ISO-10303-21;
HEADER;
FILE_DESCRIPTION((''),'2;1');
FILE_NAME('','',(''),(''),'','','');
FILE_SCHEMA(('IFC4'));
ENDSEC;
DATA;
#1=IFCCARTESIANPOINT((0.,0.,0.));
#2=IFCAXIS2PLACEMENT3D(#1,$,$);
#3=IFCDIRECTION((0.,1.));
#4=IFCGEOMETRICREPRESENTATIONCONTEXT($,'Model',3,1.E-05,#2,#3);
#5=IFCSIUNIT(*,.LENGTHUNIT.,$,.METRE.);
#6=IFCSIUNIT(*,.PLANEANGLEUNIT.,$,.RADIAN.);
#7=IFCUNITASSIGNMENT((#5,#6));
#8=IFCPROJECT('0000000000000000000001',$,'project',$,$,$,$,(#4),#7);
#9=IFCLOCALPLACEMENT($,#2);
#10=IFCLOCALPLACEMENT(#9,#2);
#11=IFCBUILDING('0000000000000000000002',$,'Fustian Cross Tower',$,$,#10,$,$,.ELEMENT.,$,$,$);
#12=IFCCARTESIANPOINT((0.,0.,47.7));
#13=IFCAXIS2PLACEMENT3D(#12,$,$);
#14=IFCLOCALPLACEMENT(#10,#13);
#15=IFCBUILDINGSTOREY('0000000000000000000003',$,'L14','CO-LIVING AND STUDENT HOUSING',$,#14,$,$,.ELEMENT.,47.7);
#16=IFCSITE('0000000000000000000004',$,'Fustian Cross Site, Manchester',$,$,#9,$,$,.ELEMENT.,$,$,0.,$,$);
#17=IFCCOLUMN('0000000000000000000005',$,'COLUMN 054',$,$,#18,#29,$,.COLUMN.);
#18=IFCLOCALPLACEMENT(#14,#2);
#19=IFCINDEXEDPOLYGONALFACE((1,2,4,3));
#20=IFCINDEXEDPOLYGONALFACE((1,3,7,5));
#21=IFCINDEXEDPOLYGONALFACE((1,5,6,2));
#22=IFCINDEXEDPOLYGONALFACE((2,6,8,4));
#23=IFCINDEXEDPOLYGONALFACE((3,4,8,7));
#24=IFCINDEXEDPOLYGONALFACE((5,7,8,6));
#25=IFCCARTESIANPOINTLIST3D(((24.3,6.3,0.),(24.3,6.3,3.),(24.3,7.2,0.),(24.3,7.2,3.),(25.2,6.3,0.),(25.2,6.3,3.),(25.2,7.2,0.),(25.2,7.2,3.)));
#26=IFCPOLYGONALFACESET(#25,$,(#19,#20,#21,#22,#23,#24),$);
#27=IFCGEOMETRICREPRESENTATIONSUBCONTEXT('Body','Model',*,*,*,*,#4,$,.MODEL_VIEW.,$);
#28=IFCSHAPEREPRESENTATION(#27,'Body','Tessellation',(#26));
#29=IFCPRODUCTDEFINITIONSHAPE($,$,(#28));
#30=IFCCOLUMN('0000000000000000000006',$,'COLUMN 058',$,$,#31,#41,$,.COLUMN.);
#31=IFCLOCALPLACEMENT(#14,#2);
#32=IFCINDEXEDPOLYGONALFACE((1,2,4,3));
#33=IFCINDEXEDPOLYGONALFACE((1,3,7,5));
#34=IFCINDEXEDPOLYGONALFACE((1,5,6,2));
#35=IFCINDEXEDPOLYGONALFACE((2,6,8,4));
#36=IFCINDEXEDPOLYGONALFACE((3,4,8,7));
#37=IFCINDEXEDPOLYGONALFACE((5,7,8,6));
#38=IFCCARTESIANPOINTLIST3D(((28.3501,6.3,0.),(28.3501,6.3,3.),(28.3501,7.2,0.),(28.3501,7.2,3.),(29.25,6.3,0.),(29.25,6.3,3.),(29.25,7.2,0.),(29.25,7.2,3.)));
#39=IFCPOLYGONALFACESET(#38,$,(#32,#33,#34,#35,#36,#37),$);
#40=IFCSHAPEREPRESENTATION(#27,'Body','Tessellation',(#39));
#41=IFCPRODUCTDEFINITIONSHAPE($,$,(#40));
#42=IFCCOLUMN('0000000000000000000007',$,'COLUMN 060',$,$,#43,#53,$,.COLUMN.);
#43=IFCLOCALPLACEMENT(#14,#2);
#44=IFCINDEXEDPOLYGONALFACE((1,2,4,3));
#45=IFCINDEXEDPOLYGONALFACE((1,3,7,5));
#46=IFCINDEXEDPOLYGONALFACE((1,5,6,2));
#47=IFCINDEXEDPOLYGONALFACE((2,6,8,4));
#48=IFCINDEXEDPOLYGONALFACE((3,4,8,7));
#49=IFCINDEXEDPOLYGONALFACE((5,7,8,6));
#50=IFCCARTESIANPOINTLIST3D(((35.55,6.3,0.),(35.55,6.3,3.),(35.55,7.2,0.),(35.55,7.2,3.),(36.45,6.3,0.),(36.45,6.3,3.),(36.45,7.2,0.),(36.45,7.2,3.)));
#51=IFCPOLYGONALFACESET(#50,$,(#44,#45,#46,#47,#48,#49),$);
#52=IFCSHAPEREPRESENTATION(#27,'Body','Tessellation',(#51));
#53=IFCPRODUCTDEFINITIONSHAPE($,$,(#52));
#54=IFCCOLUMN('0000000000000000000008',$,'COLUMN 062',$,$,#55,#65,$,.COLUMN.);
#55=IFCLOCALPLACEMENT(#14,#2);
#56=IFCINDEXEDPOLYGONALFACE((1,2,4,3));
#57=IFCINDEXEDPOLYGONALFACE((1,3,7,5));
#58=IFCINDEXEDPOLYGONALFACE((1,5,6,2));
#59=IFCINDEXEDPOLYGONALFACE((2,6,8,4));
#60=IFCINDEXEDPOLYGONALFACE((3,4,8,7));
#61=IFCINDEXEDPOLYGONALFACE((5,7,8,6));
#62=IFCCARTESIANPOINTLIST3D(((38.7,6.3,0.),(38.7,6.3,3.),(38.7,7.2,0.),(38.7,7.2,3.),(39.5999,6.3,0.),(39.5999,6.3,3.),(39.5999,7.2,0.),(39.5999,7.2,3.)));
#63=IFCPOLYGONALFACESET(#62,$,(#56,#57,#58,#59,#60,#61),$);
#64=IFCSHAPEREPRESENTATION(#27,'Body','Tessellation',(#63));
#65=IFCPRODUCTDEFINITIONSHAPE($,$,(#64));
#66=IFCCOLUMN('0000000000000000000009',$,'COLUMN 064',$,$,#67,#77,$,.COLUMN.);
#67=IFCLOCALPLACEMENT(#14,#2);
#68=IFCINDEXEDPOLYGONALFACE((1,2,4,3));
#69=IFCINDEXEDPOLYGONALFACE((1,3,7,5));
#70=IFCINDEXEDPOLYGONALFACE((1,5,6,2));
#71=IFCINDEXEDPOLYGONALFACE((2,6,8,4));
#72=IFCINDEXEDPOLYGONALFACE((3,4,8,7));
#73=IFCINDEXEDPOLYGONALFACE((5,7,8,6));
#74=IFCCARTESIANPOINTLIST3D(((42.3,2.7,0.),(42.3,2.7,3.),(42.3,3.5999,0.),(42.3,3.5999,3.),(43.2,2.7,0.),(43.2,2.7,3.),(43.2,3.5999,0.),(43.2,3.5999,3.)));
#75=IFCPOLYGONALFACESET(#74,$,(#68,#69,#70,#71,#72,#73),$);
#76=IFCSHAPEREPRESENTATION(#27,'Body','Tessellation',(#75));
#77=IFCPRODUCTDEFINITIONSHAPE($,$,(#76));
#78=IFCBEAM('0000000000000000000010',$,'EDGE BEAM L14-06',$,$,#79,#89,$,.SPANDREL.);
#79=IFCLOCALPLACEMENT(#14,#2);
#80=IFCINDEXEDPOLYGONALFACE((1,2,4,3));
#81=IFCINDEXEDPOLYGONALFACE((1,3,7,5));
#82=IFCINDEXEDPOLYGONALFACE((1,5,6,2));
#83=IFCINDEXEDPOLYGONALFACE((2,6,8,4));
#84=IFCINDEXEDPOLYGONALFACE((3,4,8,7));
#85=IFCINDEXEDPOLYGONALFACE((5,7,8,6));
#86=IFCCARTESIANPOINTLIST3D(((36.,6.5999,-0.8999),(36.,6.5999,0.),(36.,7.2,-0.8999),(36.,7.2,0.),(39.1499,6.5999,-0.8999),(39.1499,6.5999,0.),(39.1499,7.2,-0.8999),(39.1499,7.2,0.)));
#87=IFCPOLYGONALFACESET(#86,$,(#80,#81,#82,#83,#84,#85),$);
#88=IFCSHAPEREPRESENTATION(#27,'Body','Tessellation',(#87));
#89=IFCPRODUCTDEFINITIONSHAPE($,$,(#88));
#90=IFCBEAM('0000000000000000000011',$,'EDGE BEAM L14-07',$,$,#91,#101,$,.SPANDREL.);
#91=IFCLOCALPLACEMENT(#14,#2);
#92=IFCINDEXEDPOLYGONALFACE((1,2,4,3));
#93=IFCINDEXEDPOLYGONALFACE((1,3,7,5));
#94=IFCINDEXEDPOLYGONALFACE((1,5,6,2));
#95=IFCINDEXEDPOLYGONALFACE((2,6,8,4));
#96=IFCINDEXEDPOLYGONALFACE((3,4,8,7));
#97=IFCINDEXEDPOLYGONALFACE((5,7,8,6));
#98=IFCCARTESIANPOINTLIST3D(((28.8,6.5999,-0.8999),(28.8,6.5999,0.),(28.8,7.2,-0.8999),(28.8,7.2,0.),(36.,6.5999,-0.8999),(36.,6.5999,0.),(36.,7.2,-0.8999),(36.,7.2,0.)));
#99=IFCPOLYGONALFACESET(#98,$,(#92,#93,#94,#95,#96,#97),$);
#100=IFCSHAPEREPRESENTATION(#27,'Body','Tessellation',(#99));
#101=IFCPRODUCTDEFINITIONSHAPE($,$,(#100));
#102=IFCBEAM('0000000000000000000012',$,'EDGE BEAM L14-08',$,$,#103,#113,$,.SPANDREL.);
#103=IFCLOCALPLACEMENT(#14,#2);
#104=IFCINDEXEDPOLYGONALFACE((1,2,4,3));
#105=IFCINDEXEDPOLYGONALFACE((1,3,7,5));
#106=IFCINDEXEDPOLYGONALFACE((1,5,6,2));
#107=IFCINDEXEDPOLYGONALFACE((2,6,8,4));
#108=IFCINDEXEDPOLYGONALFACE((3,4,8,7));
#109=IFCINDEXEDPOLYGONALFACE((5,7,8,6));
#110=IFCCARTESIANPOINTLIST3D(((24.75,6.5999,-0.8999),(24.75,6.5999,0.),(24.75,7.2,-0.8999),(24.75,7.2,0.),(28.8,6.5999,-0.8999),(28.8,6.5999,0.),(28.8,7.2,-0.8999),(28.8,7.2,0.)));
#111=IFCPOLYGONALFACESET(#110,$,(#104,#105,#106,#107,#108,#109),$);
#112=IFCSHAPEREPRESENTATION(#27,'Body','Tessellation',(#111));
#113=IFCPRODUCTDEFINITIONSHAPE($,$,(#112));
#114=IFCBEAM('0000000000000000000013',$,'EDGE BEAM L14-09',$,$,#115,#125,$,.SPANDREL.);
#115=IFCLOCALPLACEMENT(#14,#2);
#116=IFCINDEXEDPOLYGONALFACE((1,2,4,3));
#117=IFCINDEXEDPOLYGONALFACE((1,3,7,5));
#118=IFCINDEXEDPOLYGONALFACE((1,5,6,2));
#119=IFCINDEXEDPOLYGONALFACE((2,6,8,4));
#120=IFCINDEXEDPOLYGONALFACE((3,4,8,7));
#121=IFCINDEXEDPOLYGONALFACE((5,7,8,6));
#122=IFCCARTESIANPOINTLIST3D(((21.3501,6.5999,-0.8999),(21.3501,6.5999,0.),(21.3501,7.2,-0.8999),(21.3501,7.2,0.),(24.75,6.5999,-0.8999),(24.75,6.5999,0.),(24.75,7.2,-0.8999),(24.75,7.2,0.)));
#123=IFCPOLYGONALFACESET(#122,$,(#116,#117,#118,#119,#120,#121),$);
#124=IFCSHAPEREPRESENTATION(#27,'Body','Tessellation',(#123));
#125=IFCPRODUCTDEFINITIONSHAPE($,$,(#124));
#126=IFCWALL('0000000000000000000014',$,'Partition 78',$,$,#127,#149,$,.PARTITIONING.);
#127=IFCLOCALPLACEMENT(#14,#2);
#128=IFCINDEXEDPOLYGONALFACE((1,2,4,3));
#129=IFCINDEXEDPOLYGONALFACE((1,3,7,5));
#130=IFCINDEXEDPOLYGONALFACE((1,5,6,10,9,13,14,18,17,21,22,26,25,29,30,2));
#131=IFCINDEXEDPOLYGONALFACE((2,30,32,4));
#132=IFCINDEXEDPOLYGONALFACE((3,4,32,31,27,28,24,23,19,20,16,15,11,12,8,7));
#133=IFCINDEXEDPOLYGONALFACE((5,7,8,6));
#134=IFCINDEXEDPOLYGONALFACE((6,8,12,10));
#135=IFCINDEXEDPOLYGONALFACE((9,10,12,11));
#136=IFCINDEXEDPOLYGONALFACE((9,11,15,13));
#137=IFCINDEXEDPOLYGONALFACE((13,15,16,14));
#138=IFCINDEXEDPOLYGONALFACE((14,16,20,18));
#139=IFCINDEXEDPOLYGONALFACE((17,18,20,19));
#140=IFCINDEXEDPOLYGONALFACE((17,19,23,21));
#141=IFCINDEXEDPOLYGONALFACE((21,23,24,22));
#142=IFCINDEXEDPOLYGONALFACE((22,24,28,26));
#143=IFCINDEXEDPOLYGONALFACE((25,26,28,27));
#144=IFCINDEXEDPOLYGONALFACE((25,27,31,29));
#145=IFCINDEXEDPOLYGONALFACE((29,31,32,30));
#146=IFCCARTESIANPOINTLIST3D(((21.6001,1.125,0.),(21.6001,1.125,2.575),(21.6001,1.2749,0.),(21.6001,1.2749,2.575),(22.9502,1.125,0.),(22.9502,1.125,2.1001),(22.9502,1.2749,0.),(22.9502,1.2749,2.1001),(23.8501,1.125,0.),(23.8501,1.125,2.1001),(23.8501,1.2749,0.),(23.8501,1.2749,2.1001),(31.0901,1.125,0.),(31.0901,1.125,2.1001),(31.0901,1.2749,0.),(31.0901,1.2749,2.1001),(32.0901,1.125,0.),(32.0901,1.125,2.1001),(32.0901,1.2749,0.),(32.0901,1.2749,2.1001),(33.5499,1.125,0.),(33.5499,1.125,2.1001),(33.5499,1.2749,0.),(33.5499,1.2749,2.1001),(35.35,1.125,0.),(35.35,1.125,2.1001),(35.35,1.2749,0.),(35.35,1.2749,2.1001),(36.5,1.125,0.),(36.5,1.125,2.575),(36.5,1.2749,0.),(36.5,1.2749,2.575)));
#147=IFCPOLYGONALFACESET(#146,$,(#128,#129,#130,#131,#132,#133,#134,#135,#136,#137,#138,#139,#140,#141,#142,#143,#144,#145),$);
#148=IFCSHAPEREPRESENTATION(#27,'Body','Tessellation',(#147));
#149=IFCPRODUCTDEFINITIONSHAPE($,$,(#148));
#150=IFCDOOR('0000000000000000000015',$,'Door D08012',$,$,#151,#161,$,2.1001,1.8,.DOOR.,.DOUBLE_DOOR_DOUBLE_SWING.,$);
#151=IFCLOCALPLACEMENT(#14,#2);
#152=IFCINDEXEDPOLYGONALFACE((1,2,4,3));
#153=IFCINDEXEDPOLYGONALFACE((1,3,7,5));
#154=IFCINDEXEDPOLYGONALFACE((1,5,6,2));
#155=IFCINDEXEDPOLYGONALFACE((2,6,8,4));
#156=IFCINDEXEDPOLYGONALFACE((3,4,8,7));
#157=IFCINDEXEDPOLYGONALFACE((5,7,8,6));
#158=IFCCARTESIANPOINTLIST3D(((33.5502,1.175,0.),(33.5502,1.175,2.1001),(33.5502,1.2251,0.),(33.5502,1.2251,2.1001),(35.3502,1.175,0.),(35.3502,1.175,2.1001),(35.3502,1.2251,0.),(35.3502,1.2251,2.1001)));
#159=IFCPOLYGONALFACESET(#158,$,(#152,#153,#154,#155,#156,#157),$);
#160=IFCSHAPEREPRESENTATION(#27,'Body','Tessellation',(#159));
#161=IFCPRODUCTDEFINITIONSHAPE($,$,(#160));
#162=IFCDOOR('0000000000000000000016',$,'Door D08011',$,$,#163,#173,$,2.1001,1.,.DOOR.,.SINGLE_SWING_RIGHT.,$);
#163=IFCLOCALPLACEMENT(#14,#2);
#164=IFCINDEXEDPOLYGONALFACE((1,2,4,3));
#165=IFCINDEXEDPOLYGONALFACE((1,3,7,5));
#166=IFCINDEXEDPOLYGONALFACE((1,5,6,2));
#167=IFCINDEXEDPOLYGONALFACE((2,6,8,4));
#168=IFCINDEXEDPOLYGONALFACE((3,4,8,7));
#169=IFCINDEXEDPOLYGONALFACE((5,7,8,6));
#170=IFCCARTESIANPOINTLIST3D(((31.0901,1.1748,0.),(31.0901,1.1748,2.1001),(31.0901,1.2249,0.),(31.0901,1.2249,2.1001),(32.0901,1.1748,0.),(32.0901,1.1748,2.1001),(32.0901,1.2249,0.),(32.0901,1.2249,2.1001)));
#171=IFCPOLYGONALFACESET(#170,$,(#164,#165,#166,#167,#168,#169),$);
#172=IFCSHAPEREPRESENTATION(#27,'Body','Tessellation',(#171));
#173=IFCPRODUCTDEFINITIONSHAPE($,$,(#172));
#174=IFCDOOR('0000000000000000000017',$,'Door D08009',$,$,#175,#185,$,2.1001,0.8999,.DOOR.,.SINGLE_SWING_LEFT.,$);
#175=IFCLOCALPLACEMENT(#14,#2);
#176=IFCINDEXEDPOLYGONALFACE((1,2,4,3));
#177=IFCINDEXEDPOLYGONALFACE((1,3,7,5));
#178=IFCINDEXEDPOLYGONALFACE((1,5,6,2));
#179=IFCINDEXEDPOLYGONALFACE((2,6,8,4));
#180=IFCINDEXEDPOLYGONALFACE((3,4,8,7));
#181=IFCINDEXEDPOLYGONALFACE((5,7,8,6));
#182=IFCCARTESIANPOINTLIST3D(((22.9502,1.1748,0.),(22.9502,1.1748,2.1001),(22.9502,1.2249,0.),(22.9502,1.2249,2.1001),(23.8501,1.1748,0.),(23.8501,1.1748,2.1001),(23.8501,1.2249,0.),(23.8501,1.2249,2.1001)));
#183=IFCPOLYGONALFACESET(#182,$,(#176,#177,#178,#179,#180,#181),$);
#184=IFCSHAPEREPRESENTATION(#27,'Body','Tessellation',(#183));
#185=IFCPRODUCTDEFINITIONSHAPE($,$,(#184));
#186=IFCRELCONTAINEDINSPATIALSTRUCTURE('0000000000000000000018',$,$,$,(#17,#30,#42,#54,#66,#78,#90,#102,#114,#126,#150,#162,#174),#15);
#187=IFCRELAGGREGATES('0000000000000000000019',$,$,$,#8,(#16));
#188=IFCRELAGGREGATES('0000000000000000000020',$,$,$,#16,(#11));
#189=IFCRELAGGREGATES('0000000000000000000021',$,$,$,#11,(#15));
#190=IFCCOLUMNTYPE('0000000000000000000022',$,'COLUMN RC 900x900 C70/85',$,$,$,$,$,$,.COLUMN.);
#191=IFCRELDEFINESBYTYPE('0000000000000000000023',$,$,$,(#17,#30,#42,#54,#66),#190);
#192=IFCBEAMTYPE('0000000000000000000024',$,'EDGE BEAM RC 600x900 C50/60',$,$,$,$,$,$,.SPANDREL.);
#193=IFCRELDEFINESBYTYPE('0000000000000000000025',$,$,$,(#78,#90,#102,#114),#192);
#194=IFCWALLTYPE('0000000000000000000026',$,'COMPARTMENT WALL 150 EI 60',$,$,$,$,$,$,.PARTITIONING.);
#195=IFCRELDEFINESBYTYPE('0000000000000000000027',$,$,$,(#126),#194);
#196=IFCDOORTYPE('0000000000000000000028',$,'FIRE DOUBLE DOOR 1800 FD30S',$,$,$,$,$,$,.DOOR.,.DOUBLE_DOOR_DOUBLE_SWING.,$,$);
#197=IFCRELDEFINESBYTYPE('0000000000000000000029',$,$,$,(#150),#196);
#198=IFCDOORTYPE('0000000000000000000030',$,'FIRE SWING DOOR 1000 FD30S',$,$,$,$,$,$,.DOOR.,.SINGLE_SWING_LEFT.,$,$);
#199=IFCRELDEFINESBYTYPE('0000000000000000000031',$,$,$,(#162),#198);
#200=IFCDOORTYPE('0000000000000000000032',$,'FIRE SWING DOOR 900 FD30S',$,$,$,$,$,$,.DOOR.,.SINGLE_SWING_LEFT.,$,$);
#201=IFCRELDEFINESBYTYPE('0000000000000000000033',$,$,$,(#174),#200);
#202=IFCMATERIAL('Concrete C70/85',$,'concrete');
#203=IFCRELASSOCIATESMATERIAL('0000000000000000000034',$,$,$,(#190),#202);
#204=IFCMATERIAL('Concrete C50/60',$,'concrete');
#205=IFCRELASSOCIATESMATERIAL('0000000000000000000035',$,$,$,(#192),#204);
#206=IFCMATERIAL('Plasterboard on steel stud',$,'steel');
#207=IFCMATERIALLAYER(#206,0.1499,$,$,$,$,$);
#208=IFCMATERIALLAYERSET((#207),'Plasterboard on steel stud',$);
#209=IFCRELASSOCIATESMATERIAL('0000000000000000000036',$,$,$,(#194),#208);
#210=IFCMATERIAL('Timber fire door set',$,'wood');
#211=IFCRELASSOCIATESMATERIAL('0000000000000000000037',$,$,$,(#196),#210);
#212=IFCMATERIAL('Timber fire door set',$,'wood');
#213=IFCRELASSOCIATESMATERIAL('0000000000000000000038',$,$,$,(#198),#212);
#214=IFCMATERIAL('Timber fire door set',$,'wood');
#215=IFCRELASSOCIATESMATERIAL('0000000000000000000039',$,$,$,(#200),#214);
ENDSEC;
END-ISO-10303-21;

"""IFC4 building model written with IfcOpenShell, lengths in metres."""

from ifc_helpers import new_model, si_unit, direction, frame, frame_2d, origin, origin_2d, place, context, subcontext, project, spatial, rectangle, extrude, material, layer, layer_set, material_profile, profile_set, type_object, element, fill, save


model = new_model("IFC4")

# Units and contexts
model_context = context("Model", 3, precision=1e-05, world=origin(), true_north=direction((0.0, 1.0)))
body_context = subcontext(model_context, "Body", "Model", "MODEL_VIEW")
ifc_project = project(units=[si_unit("LENGTHUNIT", "METRE"), si_unit("PLANEANGLEUNIT", "RADIAN")], contexts=[model_context])

# Site, building, storey
site_placement = place(None, origin())
site = spatial("IfcSite", under=ifc_project, at=site_placement, Name="Fustian Cross Site, Manchester", CompositionType="ELEMENT", RefElevation=0.0)
building_placement = place(site_placement, origin())
building = spatial("IfcBuilding", under=site, at=building_placement, Name="Fustian Cross Tower", CompositionType="ELEMENT")
storey_placement = place(building_placement, frame((0.0, 0.0, 47.7)))
storey = spatial("IfcBuildingStorey", under=building, at=storey_placement, Name="L14", Description="CO-LIVING AND STUDENT HOUSING", CompositionType="ELEMENT", Elevation=47.7)

# Columns
ifc_material_1 = material(Name="Concrete C70/85", Category="concrete")
ifc_material_profile_1 = material_profile(ifc_material_1, rectangle(XDim=0.8999, YDim=0.8999, at=origin_2d()), Name="RC 900x900")
ifc_profile_set_1 = profile_set([ifc_material_profile_1], Name="Concrete C70/85")
column_type = type_object("IfcColumnType", Name="COLUMN RC 900x900 C70/85", PredefinedType="COLUMN", material=ifc_profile_set_1)
for number, where, z_axis, x_axis, name in (
    (1, (24.75, 6.75, 0.0), (0.0, 0.0, 1.0), (1.0, 0.0, 0.0), "COLUMN 054"),
    (2, (28.8, 6.75, 0.0), (0.0, 0.0, 1.0), (1.0, 0.0, 0.0), "COLUMN 058"),
    (3, (36.0, 6.75, 0.0), (0.0, 0.0, 1.0), (1.0, 0.0, 0.0), "COLUMN 060"),
    (4, (39.1499, 6.75, 0.0), (0.0, 0.0, 1.0), (1.0, 0.0, 0.0), "COLUMN 062"),
    (5, (42.75, 3.1499, 0.0), (0.0, 0.0, 1.0), (1.0, 0.0, 0.0), "COLUMN 064"),
):
    element("IfcColumn", number, at=place(storey_placement, frame(where, z_axis=z_axis, x_axis=x_axis)), inside=storey, type_object=column_type, Name=name, PredefinedType="COLUMN", context=body_context, shape_type="SweptSolid", body=[
        extrude(rectangle(XDim=0.8999, YDim=0.8999, at=origin_2d()), origin(), (0.0, 0.0, 1.0), 3.0),
    ])

# Beams
ifc_material_2 = material(Name="Concrete C50/60", Category="concrete")
ifc_material_profile_2 = material_profile(ifc_material_2, rectangle(XDim=0.6001, YDim=0.8999, at=origin_2d()), Name="RC 600x900")
ifc_profile_set_2 = profile_set([ifc_material_profile_2], Name="Concrete C50/60")
beam_type = type_object("IfcBeamType", Name="EDGE BEAM RC 600x900 C50/60", PredefinedType="SPANDREL", material=ifc_profile_set_2)
beam_1_placement = place(storey_placement, frame((39.1499, 6.8999, -0.45), z_axis=(-1.0, 0.0, 0.0), x_axis=(0.0, -1.0, 0.0)))
element("IfcBeam", 6, at=beam_1_placement, inside=storey, type_object=beam_type, Name="EDGE BEAM L14-06", PredefinedType="SPANDREL", context=body_context, shape_type="SweptSolid", body=[
    extrude(rectangle(XDim=0.6001, YDim=0.8999, at=origin_2d()), origin(), (0.0, 0.0, 1.0), 3.1499),
])
beam_2_placement = place(storey_placement, frame((36.0, 6.8999, -0.45), z_axis=(-1.0, 0.0, 0.0), x_axis=(0.0, -1.0, 0.0)))
element("IfcBeam", 7, at=beam_2_placement, inside=storey, type_object=beam_type, Name="EDGE BEAM L14-07", PredefinedType="SPANDREL", context=body_context, shape_type="SweptSolid", body=[
    extrude(rectangle(XDim=0.6001, YDim=0.8999, at=origin_2d()), origin(), (0.0, 0.0, 1.0), 7.2),
])
beam_3_placement = place(storey_placement, frame((28.8, 6.8999, -0.45), z_axis=(-1.0, 0.0, 0.0), x_axis=(0.0, -1.0, 0.0)))
element("IfcBeam", 8, at=beam_3_placement, inside=storey, type_object=beam_type, Name="EDGE BEAM L14-08", PredefinedType="SPANDREL", context=body_context, shape_type="SweptSolid", body=[
    extrude(rectangle(XDim=0.6001, YDim=0.8999, at=origin_2d()), origin(), (0.0, 0.0, 1.0), 4.05),
])
beam_4_placement = place(storey_placement, frame((24.75, 6.8999, -0.45), z_axis=(-1.0, 0.0, 0.0), x_axis=(0.0, -1.0, 0.0)))
element("IfcBeam", 9, at=beam_4_placement, inside=storey, type_object=beam_type, Name="EDGE BEAM L14-09", PredefinedType="SPANDREL", context=body_context, shape_type="SweptSolid", body=[
    extrude(rectangle(XDim=0.6001, YDim=0.8999, at=origin_2d()), origin(), (0.0, 0.0, 1.0), 3.3999),
])

# Wall, openings, doors
ifc_material_3 = material(Name="Plasterboard on steel stud", Category="steel")
ifc_layer_1 = layer(ifc_material_3, 0.1499)
ifc_layer_set_1 = layer_set([ifc_layer_1], Name="Plasterboard on steel stud")
wall_type_1 = type_object("IfcWallType", Name="COMPARTMENT WALL 150 EI 60", PredefinedType="PARTITIONING", material=ifc_layer_set_1)
wall_1_placement = place(storey_placement, frame((21.6001, 1.2, 0.0), z_axis=(0.0, 0.0, 1.0), x_axis=(1.0, 0.0, 0.0)))
wall_1 = element("IfcWall", 10, at=wall_1_placement, inside=storey, type_object=wall_type_1, Name="Partition 78", PredefinedType="PARTITIONING", context=body_context, shape_type="SweptSolid", body=[
    extrude(rectangle(XDim=14.8999, YDim=0.1499, at=frame_2d((7.45, 0.0))), origin(), (0.0, 0.0, 1.0), 2.575),
])
opening_1_placement = place(wall_1_placement, frame((1.3501, 0.0, 0.0)))
opening_1 = element("IfcOpeningElement", 11, at=opening_1_placement, cuts=wall_1, PredefinedType="OPENING", context=body_context, shape_type="SweptSolid", body=[
    extrude(rectangle(XDim=0.8999, YDim=2.1001, at=frame_2d((0.45, 1.05))), frame((0.0, 0.085, 0.0), z_axis=(0.0, -1.0, 0.0), x_axis=(1.0, 0.0, 0.0)), (0.0, 0.0, 1.0), 0.1699),
])
opening_2_placement = place(wall_1_placement, frame((9.49, 0.0, 0.0)))
opening_2 = element("IfcOpeningElement", 12, at=opening_2_placement, cuts=wall_1, PredefinedType="OPENING", context=body_context, shape_type="SweptSolid", body=[
    extrude(rectangle(XDim=1.0, YDim=2.1001, at=frame_2d((0.5, 1.05))), frame((0.0, 0.085, 0.0), z_axis=(0.0, -1.0, 0.0), x_axis=(1.0, 0.0, 0.0)), (0.0, 0.0, 1.0), 0.1699),
])
opening_3_placement = place(wall_1_placement, frame((11.95, 0.0, 0.0)))
opening_3 = element("IfcOpeningElement", 13, at=opening_3_placement, cuts=wall_1, PredefinedType="OPENING", context=body_context, shape_type="SweptSolid", body=[
    extrude(rectangle(XDim=1.8, YDim=2.1001, at=frame_2d((0.8999, 1.05))), frame((0.0, 0.085, 0.0), z_axis=(0.0, -1.0, 0.0), x_axis=(1.0, 0.0, 0.0)), (0.0, 0.0, 1.0), 0.1699),
])
ifc_material_4 = material(Name="Timber fire door set", Category="wood")
door_type_1 = type_object("IfcDoorType", Name="FIRE DOUBLE DOOR 1800 FD30S", OperationType="DOUBLE_DOOR_DOUBLE_SWING", PredefinedType="DOOR", material=ifc_material_4)
door_1_placement = place(opening_3_placement, frame((1.8, 0.0, 0.0), z_axis=(0.0, 0.0, 1.0), x_axis=(-1.0, 0.0, 0.0)))
door_1 = element("IfcDoor", 14, at=door_1_placement, inside=storey, type_object=door_type_1, Name="Door D08012", OperationType="DOUBLE_DOOR_DOUBLE_SWING", OverallHeight=2.1001, OverallWidth=1.8, PredefinedType="DOOR", context=body_context, shape_type="SweptSolid", body=[
    extrude(rectangle(XDim=1.8, YDim=2.1001, at=frame_2d((0.8999, 1.05))), frame((0.0, 0.0249, 0.0), z_axis=(0.0, -1.0, 0.0), x_axis=(1.0, 0.0, 0.0)), (0.0, 0.0, 1.0), 0.05),
])
fill(opening_3, door_1)
ifc_material_5 = material(Name="Timber fire door set", Category="wood")
door_type_2 = type_object("IfcDoorType", Name="FIRE SWING DOOR 1000 FD30S", OperationType="SINGLE_SWING_LEFT", PredefinedType="DOOR", material=ifc_material_5)
door_2_placement = place(opening_2_placement, origin())
door_2 = element("IfcDoor", 15, at=door_2_placement, inside=storey, type_object=door_type_2, Name="Door D08011", OperationType="SINGLE_SWING_RIGHT", OverallHeight=2.1001, OverallWidth=1.0, PredefinedType="DOOR", context=body_context, shape_type="SweptSolid", body=[
    extrude(rectangle(XDim=1.0, YDim=2.1001, at=frame_2d((0.5, 1.05))), frame((0.0, 0.0249, 0.0), z_axis=(0.0, -1.0, 0.0), x_axis=(1.0, 0.0, 0.0)), (0.0, 0.0, 1.0), 0.05),
])
fill(opening_2, door_2)
ifc_material_6 = material(Name="Timber fire door set", Category="wood")
door_type_3 = type_object("IfcDoorType", Name="FIRE SWING DOOR 900 FD30S", OperationType="SINGLE_SWING_LEFT", PredefinedType="DOOR", material=ifc_material_6)
door_3_placement = place(opening_1_placement, origin())
door_3 = element("IfcDoor", 16, at=door_3_placement, inside=storey, type_object=door_type_3, Name="Door D08009", OperationType="SINGLE_SWING_LEFT", OverallHeight=2.1001, OverallWidth=0.8999, PredefinedType="DOOR", context=body_context, shape_type="SweptSolid", body=[
    extrude(rectangle(XDim=0.8999, YDim=2.1001, at=frame_2d((0.45, 1.05))), frame((0.0, 0.0249, 0.0), z_axis=(0.0, -1.0, 0.0), x_axis=(1.0, 0.0, 0.0)), (0.0, 0.0, 1.0), 0.05),
])
fill(opening_1, door_3)

save(model, "model.ifc")
